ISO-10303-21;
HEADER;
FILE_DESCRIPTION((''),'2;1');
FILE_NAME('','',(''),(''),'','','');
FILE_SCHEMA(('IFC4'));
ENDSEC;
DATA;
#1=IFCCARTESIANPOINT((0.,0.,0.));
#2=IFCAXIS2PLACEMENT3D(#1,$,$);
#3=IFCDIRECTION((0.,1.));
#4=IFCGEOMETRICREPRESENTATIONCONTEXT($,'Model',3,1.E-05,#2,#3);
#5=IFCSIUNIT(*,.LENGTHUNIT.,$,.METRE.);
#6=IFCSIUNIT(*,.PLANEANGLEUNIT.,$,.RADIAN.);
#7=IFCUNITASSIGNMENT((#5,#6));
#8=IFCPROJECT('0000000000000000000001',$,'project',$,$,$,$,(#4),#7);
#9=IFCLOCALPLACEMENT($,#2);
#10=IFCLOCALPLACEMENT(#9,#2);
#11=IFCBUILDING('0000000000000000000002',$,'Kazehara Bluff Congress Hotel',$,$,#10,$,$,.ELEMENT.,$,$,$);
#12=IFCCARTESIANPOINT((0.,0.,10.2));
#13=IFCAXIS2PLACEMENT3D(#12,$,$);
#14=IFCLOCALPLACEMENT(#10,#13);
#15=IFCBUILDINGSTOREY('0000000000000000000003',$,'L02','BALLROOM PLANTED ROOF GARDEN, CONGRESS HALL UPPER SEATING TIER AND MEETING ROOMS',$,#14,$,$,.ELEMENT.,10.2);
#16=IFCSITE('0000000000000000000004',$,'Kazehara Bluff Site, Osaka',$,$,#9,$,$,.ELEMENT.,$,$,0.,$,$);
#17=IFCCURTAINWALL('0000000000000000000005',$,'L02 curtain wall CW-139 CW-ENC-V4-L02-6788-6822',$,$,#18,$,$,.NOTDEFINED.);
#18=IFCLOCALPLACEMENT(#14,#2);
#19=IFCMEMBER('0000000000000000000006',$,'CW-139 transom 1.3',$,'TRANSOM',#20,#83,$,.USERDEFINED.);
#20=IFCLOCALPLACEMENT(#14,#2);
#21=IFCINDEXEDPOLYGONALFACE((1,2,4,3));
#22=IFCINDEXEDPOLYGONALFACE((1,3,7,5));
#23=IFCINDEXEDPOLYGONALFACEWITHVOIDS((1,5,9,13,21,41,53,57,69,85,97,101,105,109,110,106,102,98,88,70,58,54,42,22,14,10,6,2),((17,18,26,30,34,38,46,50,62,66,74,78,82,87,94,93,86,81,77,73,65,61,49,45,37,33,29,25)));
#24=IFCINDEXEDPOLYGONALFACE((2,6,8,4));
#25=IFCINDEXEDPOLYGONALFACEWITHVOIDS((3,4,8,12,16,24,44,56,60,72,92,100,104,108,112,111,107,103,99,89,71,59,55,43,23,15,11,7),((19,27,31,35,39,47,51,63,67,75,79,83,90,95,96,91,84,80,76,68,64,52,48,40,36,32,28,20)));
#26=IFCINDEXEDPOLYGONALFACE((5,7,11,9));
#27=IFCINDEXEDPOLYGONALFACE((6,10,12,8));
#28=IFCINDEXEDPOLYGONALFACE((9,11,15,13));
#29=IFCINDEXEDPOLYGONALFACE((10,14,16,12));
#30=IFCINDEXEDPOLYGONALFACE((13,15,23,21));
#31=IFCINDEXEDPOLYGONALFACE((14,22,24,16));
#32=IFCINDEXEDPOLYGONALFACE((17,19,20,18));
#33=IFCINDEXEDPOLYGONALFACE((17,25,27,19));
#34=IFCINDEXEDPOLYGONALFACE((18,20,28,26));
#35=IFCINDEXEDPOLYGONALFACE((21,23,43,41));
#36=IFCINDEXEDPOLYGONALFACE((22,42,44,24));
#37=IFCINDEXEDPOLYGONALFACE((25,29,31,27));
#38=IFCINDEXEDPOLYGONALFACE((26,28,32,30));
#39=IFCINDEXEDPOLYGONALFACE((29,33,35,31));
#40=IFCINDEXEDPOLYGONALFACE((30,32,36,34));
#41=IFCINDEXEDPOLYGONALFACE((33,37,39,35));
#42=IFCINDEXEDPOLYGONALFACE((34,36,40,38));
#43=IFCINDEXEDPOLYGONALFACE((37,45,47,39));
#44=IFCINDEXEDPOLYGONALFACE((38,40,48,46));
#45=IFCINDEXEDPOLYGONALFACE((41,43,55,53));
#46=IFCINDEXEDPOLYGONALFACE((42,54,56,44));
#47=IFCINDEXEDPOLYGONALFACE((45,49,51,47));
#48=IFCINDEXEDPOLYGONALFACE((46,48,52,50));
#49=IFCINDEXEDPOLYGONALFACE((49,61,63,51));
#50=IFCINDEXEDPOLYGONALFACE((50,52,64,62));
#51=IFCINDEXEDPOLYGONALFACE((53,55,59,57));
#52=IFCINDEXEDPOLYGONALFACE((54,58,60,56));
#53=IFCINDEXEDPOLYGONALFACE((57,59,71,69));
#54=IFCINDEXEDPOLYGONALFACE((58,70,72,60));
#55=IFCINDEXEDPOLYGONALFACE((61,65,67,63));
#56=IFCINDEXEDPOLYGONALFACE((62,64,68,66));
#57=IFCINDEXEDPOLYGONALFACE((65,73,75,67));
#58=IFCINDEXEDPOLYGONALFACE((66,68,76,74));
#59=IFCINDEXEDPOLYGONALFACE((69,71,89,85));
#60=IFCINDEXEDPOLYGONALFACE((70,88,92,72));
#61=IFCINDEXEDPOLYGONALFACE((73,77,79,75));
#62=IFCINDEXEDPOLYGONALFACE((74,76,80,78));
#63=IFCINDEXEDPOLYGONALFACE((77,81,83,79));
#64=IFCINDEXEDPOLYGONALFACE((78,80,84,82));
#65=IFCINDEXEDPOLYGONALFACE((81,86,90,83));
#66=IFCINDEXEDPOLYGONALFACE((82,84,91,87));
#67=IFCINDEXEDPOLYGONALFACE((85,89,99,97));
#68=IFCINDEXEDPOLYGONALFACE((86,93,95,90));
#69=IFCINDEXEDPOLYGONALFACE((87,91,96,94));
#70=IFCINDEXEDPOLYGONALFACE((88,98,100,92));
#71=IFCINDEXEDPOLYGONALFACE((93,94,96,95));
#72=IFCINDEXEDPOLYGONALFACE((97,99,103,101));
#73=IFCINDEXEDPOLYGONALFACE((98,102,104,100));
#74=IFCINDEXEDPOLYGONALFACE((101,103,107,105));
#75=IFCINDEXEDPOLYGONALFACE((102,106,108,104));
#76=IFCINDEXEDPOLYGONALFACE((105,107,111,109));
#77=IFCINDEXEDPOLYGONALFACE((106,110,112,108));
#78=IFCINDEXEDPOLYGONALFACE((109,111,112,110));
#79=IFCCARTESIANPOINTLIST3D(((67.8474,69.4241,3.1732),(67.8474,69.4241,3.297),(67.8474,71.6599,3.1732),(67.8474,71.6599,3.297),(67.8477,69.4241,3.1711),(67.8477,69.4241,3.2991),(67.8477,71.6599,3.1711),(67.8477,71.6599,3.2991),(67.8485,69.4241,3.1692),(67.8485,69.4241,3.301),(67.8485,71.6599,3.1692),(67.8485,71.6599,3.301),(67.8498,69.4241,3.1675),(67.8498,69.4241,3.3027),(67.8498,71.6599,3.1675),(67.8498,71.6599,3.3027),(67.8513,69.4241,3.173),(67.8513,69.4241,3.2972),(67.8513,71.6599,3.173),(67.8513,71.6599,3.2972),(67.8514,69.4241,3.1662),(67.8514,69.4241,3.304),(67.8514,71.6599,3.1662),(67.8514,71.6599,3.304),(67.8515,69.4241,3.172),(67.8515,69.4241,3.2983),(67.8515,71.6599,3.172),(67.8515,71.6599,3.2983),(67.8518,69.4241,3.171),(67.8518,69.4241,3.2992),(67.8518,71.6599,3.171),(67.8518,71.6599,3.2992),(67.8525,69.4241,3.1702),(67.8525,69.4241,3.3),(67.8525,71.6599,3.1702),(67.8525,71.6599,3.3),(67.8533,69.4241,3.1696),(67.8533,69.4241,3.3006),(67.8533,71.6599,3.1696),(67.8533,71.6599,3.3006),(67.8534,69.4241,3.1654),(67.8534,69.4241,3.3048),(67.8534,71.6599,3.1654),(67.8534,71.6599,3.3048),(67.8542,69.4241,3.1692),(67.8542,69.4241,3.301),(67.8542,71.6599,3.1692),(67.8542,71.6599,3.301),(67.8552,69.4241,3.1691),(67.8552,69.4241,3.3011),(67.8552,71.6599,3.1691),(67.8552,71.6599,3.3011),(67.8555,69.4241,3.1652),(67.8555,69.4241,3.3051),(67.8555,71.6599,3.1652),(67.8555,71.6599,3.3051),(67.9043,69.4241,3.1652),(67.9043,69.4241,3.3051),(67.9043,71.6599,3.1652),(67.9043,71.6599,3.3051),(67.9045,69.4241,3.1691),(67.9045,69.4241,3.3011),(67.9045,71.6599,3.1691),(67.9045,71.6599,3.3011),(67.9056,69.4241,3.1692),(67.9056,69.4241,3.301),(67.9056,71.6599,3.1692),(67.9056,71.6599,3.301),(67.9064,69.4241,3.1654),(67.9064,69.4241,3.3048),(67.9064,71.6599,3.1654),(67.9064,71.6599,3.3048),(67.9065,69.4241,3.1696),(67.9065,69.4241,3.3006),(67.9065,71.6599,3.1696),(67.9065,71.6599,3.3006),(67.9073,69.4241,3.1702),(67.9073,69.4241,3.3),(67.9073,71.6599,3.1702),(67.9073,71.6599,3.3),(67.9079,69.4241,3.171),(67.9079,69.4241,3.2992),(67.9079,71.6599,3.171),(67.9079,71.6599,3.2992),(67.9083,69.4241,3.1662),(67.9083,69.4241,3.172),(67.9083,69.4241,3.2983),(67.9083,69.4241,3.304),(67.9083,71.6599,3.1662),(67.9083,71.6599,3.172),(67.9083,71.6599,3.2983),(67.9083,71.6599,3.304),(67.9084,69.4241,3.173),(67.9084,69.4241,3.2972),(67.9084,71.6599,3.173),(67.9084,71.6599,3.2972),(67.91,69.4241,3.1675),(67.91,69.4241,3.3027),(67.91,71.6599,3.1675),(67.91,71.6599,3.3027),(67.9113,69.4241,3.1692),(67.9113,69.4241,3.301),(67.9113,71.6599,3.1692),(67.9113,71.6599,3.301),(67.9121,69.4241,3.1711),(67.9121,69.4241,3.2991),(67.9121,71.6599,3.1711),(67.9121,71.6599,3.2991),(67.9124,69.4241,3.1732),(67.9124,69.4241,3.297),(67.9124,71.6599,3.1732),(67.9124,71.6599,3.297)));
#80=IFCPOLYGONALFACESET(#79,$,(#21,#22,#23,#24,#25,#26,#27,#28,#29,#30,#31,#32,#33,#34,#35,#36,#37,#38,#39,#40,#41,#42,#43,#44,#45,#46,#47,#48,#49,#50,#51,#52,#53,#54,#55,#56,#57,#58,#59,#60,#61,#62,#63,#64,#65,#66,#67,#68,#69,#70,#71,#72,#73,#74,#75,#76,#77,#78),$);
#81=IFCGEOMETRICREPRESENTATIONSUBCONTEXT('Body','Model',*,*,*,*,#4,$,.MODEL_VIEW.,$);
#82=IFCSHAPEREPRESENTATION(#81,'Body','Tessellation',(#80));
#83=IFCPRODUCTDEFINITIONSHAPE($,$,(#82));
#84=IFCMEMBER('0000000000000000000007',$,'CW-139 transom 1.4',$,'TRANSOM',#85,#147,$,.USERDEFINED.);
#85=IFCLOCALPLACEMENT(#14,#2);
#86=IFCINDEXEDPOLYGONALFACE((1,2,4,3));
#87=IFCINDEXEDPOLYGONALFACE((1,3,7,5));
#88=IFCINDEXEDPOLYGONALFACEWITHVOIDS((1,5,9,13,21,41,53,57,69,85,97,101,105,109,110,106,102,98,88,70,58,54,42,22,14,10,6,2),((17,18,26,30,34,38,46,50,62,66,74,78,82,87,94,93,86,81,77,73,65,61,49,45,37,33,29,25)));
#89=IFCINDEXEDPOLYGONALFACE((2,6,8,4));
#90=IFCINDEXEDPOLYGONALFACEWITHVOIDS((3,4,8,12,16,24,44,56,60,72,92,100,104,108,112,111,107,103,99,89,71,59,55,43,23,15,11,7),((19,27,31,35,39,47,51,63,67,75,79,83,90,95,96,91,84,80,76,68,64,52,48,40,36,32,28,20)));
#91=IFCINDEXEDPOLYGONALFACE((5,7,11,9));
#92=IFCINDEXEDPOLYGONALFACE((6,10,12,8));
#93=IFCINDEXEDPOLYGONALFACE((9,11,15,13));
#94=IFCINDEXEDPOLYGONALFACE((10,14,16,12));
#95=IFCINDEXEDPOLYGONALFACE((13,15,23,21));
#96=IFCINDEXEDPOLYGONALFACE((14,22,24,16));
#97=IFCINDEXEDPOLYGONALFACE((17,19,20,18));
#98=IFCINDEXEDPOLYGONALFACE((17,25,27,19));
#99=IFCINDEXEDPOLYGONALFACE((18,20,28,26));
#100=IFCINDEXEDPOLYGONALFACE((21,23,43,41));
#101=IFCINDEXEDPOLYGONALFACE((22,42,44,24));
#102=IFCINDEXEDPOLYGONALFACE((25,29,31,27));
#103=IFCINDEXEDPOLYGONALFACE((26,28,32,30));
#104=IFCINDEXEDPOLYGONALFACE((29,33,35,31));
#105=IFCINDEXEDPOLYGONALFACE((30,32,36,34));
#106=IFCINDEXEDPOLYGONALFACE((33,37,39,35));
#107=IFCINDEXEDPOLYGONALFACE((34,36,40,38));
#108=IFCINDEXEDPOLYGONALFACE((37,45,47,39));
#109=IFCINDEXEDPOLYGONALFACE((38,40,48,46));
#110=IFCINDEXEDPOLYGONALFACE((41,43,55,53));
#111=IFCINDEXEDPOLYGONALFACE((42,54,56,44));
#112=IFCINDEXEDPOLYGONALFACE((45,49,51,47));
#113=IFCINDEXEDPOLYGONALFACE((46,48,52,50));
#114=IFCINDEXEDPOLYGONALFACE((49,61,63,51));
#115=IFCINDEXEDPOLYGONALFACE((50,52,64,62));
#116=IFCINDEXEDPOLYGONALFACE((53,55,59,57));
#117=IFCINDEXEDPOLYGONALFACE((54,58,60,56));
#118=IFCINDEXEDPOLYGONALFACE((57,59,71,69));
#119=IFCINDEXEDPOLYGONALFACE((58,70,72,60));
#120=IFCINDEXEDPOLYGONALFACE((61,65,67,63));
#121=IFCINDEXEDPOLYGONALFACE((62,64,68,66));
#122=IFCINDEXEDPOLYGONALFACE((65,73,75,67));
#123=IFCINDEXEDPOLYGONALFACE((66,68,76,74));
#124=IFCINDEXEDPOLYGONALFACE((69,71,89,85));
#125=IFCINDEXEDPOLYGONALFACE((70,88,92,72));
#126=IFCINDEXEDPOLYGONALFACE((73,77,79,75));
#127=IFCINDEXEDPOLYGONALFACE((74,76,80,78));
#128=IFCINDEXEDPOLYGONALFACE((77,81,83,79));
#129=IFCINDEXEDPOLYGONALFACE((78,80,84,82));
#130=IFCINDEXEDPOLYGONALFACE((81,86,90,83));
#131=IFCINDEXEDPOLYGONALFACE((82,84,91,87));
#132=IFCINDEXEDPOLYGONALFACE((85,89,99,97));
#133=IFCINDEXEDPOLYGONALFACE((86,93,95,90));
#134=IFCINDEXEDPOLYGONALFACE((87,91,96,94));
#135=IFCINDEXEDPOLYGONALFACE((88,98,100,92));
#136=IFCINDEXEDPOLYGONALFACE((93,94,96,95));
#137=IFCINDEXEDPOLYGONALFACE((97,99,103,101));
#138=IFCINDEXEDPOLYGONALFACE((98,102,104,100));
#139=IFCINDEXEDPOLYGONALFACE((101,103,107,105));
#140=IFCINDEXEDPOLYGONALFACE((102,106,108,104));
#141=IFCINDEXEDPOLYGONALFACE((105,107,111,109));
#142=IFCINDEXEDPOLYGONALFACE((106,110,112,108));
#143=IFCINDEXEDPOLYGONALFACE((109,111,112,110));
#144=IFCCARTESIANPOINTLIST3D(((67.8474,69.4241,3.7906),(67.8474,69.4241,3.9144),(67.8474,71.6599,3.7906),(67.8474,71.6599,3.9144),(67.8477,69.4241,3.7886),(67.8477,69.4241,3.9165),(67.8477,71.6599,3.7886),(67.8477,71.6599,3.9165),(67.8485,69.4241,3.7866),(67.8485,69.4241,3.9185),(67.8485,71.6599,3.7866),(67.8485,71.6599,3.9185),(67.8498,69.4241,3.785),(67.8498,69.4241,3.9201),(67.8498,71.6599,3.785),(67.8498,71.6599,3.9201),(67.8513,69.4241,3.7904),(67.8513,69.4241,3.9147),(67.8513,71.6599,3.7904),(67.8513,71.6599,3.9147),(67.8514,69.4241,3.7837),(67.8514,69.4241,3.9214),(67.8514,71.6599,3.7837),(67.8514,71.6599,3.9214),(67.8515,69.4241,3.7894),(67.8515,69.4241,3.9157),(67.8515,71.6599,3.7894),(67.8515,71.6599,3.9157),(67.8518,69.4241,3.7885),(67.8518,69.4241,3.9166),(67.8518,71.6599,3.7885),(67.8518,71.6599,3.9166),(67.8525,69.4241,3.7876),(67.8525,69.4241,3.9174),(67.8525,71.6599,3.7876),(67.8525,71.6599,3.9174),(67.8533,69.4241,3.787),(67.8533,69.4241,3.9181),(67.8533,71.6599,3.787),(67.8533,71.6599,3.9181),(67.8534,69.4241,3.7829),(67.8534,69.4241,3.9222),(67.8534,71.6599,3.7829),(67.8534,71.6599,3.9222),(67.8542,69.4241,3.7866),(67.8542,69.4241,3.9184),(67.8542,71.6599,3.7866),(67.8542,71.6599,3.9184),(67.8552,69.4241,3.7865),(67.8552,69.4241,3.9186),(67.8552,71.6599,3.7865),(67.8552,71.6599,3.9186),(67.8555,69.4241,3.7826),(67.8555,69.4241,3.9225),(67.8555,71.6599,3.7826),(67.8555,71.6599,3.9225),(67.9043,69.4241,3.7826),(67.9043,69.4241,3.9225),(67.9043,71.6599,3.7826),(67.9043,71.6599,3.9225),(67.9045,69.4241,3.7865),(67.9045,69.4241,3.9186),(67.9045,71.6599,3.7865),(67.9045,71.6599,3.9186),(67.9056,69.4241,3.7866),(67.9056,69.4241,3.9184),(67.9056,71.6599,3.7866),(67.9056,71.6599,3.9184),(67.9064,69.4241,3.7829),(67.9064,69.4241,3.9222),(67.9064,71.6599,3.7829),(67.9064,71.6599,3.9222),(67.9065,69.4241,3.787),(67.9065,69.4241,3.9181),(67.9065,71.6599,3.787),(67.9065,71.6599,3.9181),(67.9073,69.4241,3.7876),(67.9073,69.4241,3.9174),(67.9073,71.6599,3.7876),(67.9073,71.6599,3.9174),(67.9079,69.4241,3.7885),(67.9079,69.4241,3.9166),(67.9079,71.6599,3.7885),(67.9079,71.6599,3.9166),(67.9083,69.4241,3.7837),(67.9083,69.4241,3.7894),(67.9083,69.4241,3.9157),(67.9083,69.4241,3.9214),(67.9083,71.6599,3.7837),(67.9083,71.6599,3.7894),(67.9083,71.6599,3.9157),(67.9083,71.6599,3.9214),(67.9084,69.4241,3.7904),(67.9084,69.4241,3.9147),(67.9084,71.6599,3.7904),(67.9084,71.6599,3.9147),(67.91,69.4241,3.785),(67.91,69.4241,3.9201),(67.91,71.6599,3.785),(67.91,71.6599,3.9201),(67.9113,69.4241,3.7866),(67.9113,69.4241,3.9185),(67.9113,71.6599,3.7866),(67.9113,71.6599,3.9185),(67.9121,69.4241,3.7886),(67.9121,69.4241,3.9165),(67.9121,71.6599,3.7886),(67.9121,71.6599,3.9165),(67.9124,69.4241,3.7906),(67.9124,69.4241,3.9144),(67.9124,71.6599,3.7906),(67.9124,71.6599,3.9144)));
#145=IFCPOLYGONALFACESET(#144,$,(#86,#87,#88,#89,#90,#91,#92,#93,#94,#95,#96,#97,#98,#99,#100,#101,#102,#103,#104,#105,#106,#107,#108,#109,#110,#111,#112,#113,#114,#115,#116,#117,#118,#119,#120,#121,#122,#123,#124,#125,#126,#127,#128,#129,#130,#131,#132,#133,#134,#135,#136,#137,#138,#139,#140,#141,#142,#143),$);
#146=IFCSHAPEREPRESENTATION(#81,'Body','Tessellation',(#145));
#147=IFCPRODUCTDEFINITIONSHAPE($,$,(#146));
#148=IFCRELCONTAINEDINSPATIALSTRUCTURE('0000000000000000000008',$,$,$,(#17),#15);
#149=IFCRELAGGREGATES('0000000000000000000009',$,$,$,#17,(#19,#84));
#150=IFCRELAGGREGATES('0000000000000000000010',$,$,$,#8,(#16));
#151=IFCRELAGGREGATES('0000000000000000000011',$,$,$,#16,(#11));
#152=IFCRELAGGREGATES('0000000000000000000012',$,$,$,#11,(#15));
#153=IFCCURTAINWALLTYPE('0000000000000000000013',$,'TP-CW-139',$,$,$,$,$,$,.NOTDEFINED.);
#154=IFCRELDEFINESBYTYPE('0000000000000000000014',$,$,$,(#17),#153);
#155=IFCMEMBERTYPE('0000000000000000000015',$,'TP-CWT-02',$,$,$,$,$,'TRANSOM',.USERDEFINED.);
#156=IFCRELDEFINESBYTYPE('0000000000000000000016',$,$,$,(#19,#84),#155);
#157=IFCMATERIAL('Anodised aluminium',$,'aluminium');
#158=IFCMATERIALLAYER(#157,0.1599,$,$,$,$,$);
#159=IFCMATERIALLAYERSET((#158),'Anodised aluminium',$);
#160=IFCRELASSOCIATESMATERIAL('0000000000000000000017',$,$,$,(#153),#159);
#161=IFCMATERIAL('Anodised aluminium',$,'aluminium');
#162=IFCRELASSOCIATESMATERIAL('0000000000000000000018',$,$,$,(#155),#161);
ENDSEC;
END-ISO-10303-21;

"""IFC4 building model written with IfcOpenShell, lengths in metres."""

from ifc_helpers import new_model, si_unit, direction, frame, origin, origin_2d, place, context, subcontext, project, spatial, hollow_rectangle, extrude, material, layer, layer_set, material_profile, profile_set, type_object, element, aggregate, save


model = new_model("IFC4")

# Units and contexts
model_context = context("Model", 3, precision=1e-05, world=origin(), true_north=direction((0.0, 1.0)))
body_context = subcontext(model_context, "Body", "Model", "MODEL_VIEW")
ifc_project = project(units=[si_unit("LENGTHUNIT", "METRE"), si_unit("PLANEANGLEUNIT", "RADIAN")], contexts=[model_context])

# Site, building, storey
site_placement = place(None, origin())
site = spatial("IfcSite", under=ifc_project, at=site_placement, Name="Kazehara Bluff Site, Osaka", CompositionType="ELEMENT", RefElevation=0.0)
building_placement = place(site_placement, origin())
building = spatial("IfcBuilding", under=site, at=building_placement, Name="Kazehara Bluff Congress Hotel", CompositionType="ELEMENT")
storey_placement = place(building_placement, frame((0.0, 0.0, 10.2)))
storey = spatial("IfcBuildingStorey", under=building, at=storey_placement, Name="L02", Description="BALLROOM PLANTED ROOF GARDEN, CONGRESS HALL UPPER SEATING TIER AND MEETING ROOMS", CompositionType="ELEMENT", Elevation=10.2)

# Curtain wall, members
ifc_material_1 = material(Name="Anodised aluminium", Category="aluminium")
ifc_layer_1 = layer(ifc_material_1, 0.1599)
ifc_layer_set_1 = layer_set([ifc_layer_1], Name="Anodised aluminium")
curtain_wall_type = type_object("IfcCurtainWallType", Name="TP-CW-139", PredefinedType="NOTDEFINED", material=ifc_layer_set_1)
curtain_wall_placement = place(storey_placement, origin())
curtain_wall = element("IfcCurtainWall", 1, at=curtain_wall_placement, inside=storey, type_object=curtain_wall_type, Name="L02 curtain wall CW-139 CW-ENC-V4-L02-6788-6822", PredefinedType="NOTDEFINED")
ifc_material_2 = material(Name="Anodised aluminium", Category="aluminium")
ifc_material_profile_1 = material_profile(ifc_material_2, hollow_rectangle(XDim=0.0649, YDim=0.1399, WallThickness=0.0039, InnerFilletRadius=0.0039, OuterFilletRadius=0.0081, at=origin_2d()))
ifc_profile_set_1 = profile_set([ifc_material_profile_1], Name="Anodised aluminium")
member_type_1 = type_object("IfcMemberType", Name="TP-CWT-02", ElementType="TRANSOM", PredefinedType="USERDEFINED", material=ifc_profile_set_1)
member_1_placement = place(storey_placement, frame((67.8799, 71.6599, 3.2351), z_axis=(0.0, -1.0, 0.0), x_axis=(1.0, 0.0, 0.0)))
member_1 = element("IfcMember", 2, at=member_1_placement, type_object=member_type_1, Name="CW-139 transom 1.3", ObjectType="TRANSOM", PredefinedType="USERDEFINED", context=body_context, shape_type="SweptSolid", body=[
    extrude(hollow_rectangle(XDim=0.0649, YDim=0.1399, WallThickness=0.0039, InnerFilletRadius=0.0039, OuterFilletRadius=0.0081, at=origin_2d()), origin(), (0.0, 0.0, 1.0), 2.2358),
])
member_2_placement = place(storey_placement, frame((67.8799, 71.6599, 3.8525), z_axis=(0.0, -1.0, 0.0), x_axis=(1.0, 0.0, 0.0)))
member_2 = element("IfcMember", 3, at=member_2_placement, type_object=member_type_1, Name="CW-139 transom 1.4", ObjectType="TRANSOM", PredefinedType="USERDEFINED", context=body_context, shape_type="SweptSolid", body=[
    extrude(hollow_rectangle(XDim=0.0649, YDim=0.1399, WallThickness=0.0039, InnerFilletRadius=0.0039, OuterFilletRadius=0.0081, at=origin_2d()), origin(), (0.0, 0.0, 1.0), 2.2358),
])
aggregate(curtain_wall, [member_1, member_2])

save(model, "model.ifc")
